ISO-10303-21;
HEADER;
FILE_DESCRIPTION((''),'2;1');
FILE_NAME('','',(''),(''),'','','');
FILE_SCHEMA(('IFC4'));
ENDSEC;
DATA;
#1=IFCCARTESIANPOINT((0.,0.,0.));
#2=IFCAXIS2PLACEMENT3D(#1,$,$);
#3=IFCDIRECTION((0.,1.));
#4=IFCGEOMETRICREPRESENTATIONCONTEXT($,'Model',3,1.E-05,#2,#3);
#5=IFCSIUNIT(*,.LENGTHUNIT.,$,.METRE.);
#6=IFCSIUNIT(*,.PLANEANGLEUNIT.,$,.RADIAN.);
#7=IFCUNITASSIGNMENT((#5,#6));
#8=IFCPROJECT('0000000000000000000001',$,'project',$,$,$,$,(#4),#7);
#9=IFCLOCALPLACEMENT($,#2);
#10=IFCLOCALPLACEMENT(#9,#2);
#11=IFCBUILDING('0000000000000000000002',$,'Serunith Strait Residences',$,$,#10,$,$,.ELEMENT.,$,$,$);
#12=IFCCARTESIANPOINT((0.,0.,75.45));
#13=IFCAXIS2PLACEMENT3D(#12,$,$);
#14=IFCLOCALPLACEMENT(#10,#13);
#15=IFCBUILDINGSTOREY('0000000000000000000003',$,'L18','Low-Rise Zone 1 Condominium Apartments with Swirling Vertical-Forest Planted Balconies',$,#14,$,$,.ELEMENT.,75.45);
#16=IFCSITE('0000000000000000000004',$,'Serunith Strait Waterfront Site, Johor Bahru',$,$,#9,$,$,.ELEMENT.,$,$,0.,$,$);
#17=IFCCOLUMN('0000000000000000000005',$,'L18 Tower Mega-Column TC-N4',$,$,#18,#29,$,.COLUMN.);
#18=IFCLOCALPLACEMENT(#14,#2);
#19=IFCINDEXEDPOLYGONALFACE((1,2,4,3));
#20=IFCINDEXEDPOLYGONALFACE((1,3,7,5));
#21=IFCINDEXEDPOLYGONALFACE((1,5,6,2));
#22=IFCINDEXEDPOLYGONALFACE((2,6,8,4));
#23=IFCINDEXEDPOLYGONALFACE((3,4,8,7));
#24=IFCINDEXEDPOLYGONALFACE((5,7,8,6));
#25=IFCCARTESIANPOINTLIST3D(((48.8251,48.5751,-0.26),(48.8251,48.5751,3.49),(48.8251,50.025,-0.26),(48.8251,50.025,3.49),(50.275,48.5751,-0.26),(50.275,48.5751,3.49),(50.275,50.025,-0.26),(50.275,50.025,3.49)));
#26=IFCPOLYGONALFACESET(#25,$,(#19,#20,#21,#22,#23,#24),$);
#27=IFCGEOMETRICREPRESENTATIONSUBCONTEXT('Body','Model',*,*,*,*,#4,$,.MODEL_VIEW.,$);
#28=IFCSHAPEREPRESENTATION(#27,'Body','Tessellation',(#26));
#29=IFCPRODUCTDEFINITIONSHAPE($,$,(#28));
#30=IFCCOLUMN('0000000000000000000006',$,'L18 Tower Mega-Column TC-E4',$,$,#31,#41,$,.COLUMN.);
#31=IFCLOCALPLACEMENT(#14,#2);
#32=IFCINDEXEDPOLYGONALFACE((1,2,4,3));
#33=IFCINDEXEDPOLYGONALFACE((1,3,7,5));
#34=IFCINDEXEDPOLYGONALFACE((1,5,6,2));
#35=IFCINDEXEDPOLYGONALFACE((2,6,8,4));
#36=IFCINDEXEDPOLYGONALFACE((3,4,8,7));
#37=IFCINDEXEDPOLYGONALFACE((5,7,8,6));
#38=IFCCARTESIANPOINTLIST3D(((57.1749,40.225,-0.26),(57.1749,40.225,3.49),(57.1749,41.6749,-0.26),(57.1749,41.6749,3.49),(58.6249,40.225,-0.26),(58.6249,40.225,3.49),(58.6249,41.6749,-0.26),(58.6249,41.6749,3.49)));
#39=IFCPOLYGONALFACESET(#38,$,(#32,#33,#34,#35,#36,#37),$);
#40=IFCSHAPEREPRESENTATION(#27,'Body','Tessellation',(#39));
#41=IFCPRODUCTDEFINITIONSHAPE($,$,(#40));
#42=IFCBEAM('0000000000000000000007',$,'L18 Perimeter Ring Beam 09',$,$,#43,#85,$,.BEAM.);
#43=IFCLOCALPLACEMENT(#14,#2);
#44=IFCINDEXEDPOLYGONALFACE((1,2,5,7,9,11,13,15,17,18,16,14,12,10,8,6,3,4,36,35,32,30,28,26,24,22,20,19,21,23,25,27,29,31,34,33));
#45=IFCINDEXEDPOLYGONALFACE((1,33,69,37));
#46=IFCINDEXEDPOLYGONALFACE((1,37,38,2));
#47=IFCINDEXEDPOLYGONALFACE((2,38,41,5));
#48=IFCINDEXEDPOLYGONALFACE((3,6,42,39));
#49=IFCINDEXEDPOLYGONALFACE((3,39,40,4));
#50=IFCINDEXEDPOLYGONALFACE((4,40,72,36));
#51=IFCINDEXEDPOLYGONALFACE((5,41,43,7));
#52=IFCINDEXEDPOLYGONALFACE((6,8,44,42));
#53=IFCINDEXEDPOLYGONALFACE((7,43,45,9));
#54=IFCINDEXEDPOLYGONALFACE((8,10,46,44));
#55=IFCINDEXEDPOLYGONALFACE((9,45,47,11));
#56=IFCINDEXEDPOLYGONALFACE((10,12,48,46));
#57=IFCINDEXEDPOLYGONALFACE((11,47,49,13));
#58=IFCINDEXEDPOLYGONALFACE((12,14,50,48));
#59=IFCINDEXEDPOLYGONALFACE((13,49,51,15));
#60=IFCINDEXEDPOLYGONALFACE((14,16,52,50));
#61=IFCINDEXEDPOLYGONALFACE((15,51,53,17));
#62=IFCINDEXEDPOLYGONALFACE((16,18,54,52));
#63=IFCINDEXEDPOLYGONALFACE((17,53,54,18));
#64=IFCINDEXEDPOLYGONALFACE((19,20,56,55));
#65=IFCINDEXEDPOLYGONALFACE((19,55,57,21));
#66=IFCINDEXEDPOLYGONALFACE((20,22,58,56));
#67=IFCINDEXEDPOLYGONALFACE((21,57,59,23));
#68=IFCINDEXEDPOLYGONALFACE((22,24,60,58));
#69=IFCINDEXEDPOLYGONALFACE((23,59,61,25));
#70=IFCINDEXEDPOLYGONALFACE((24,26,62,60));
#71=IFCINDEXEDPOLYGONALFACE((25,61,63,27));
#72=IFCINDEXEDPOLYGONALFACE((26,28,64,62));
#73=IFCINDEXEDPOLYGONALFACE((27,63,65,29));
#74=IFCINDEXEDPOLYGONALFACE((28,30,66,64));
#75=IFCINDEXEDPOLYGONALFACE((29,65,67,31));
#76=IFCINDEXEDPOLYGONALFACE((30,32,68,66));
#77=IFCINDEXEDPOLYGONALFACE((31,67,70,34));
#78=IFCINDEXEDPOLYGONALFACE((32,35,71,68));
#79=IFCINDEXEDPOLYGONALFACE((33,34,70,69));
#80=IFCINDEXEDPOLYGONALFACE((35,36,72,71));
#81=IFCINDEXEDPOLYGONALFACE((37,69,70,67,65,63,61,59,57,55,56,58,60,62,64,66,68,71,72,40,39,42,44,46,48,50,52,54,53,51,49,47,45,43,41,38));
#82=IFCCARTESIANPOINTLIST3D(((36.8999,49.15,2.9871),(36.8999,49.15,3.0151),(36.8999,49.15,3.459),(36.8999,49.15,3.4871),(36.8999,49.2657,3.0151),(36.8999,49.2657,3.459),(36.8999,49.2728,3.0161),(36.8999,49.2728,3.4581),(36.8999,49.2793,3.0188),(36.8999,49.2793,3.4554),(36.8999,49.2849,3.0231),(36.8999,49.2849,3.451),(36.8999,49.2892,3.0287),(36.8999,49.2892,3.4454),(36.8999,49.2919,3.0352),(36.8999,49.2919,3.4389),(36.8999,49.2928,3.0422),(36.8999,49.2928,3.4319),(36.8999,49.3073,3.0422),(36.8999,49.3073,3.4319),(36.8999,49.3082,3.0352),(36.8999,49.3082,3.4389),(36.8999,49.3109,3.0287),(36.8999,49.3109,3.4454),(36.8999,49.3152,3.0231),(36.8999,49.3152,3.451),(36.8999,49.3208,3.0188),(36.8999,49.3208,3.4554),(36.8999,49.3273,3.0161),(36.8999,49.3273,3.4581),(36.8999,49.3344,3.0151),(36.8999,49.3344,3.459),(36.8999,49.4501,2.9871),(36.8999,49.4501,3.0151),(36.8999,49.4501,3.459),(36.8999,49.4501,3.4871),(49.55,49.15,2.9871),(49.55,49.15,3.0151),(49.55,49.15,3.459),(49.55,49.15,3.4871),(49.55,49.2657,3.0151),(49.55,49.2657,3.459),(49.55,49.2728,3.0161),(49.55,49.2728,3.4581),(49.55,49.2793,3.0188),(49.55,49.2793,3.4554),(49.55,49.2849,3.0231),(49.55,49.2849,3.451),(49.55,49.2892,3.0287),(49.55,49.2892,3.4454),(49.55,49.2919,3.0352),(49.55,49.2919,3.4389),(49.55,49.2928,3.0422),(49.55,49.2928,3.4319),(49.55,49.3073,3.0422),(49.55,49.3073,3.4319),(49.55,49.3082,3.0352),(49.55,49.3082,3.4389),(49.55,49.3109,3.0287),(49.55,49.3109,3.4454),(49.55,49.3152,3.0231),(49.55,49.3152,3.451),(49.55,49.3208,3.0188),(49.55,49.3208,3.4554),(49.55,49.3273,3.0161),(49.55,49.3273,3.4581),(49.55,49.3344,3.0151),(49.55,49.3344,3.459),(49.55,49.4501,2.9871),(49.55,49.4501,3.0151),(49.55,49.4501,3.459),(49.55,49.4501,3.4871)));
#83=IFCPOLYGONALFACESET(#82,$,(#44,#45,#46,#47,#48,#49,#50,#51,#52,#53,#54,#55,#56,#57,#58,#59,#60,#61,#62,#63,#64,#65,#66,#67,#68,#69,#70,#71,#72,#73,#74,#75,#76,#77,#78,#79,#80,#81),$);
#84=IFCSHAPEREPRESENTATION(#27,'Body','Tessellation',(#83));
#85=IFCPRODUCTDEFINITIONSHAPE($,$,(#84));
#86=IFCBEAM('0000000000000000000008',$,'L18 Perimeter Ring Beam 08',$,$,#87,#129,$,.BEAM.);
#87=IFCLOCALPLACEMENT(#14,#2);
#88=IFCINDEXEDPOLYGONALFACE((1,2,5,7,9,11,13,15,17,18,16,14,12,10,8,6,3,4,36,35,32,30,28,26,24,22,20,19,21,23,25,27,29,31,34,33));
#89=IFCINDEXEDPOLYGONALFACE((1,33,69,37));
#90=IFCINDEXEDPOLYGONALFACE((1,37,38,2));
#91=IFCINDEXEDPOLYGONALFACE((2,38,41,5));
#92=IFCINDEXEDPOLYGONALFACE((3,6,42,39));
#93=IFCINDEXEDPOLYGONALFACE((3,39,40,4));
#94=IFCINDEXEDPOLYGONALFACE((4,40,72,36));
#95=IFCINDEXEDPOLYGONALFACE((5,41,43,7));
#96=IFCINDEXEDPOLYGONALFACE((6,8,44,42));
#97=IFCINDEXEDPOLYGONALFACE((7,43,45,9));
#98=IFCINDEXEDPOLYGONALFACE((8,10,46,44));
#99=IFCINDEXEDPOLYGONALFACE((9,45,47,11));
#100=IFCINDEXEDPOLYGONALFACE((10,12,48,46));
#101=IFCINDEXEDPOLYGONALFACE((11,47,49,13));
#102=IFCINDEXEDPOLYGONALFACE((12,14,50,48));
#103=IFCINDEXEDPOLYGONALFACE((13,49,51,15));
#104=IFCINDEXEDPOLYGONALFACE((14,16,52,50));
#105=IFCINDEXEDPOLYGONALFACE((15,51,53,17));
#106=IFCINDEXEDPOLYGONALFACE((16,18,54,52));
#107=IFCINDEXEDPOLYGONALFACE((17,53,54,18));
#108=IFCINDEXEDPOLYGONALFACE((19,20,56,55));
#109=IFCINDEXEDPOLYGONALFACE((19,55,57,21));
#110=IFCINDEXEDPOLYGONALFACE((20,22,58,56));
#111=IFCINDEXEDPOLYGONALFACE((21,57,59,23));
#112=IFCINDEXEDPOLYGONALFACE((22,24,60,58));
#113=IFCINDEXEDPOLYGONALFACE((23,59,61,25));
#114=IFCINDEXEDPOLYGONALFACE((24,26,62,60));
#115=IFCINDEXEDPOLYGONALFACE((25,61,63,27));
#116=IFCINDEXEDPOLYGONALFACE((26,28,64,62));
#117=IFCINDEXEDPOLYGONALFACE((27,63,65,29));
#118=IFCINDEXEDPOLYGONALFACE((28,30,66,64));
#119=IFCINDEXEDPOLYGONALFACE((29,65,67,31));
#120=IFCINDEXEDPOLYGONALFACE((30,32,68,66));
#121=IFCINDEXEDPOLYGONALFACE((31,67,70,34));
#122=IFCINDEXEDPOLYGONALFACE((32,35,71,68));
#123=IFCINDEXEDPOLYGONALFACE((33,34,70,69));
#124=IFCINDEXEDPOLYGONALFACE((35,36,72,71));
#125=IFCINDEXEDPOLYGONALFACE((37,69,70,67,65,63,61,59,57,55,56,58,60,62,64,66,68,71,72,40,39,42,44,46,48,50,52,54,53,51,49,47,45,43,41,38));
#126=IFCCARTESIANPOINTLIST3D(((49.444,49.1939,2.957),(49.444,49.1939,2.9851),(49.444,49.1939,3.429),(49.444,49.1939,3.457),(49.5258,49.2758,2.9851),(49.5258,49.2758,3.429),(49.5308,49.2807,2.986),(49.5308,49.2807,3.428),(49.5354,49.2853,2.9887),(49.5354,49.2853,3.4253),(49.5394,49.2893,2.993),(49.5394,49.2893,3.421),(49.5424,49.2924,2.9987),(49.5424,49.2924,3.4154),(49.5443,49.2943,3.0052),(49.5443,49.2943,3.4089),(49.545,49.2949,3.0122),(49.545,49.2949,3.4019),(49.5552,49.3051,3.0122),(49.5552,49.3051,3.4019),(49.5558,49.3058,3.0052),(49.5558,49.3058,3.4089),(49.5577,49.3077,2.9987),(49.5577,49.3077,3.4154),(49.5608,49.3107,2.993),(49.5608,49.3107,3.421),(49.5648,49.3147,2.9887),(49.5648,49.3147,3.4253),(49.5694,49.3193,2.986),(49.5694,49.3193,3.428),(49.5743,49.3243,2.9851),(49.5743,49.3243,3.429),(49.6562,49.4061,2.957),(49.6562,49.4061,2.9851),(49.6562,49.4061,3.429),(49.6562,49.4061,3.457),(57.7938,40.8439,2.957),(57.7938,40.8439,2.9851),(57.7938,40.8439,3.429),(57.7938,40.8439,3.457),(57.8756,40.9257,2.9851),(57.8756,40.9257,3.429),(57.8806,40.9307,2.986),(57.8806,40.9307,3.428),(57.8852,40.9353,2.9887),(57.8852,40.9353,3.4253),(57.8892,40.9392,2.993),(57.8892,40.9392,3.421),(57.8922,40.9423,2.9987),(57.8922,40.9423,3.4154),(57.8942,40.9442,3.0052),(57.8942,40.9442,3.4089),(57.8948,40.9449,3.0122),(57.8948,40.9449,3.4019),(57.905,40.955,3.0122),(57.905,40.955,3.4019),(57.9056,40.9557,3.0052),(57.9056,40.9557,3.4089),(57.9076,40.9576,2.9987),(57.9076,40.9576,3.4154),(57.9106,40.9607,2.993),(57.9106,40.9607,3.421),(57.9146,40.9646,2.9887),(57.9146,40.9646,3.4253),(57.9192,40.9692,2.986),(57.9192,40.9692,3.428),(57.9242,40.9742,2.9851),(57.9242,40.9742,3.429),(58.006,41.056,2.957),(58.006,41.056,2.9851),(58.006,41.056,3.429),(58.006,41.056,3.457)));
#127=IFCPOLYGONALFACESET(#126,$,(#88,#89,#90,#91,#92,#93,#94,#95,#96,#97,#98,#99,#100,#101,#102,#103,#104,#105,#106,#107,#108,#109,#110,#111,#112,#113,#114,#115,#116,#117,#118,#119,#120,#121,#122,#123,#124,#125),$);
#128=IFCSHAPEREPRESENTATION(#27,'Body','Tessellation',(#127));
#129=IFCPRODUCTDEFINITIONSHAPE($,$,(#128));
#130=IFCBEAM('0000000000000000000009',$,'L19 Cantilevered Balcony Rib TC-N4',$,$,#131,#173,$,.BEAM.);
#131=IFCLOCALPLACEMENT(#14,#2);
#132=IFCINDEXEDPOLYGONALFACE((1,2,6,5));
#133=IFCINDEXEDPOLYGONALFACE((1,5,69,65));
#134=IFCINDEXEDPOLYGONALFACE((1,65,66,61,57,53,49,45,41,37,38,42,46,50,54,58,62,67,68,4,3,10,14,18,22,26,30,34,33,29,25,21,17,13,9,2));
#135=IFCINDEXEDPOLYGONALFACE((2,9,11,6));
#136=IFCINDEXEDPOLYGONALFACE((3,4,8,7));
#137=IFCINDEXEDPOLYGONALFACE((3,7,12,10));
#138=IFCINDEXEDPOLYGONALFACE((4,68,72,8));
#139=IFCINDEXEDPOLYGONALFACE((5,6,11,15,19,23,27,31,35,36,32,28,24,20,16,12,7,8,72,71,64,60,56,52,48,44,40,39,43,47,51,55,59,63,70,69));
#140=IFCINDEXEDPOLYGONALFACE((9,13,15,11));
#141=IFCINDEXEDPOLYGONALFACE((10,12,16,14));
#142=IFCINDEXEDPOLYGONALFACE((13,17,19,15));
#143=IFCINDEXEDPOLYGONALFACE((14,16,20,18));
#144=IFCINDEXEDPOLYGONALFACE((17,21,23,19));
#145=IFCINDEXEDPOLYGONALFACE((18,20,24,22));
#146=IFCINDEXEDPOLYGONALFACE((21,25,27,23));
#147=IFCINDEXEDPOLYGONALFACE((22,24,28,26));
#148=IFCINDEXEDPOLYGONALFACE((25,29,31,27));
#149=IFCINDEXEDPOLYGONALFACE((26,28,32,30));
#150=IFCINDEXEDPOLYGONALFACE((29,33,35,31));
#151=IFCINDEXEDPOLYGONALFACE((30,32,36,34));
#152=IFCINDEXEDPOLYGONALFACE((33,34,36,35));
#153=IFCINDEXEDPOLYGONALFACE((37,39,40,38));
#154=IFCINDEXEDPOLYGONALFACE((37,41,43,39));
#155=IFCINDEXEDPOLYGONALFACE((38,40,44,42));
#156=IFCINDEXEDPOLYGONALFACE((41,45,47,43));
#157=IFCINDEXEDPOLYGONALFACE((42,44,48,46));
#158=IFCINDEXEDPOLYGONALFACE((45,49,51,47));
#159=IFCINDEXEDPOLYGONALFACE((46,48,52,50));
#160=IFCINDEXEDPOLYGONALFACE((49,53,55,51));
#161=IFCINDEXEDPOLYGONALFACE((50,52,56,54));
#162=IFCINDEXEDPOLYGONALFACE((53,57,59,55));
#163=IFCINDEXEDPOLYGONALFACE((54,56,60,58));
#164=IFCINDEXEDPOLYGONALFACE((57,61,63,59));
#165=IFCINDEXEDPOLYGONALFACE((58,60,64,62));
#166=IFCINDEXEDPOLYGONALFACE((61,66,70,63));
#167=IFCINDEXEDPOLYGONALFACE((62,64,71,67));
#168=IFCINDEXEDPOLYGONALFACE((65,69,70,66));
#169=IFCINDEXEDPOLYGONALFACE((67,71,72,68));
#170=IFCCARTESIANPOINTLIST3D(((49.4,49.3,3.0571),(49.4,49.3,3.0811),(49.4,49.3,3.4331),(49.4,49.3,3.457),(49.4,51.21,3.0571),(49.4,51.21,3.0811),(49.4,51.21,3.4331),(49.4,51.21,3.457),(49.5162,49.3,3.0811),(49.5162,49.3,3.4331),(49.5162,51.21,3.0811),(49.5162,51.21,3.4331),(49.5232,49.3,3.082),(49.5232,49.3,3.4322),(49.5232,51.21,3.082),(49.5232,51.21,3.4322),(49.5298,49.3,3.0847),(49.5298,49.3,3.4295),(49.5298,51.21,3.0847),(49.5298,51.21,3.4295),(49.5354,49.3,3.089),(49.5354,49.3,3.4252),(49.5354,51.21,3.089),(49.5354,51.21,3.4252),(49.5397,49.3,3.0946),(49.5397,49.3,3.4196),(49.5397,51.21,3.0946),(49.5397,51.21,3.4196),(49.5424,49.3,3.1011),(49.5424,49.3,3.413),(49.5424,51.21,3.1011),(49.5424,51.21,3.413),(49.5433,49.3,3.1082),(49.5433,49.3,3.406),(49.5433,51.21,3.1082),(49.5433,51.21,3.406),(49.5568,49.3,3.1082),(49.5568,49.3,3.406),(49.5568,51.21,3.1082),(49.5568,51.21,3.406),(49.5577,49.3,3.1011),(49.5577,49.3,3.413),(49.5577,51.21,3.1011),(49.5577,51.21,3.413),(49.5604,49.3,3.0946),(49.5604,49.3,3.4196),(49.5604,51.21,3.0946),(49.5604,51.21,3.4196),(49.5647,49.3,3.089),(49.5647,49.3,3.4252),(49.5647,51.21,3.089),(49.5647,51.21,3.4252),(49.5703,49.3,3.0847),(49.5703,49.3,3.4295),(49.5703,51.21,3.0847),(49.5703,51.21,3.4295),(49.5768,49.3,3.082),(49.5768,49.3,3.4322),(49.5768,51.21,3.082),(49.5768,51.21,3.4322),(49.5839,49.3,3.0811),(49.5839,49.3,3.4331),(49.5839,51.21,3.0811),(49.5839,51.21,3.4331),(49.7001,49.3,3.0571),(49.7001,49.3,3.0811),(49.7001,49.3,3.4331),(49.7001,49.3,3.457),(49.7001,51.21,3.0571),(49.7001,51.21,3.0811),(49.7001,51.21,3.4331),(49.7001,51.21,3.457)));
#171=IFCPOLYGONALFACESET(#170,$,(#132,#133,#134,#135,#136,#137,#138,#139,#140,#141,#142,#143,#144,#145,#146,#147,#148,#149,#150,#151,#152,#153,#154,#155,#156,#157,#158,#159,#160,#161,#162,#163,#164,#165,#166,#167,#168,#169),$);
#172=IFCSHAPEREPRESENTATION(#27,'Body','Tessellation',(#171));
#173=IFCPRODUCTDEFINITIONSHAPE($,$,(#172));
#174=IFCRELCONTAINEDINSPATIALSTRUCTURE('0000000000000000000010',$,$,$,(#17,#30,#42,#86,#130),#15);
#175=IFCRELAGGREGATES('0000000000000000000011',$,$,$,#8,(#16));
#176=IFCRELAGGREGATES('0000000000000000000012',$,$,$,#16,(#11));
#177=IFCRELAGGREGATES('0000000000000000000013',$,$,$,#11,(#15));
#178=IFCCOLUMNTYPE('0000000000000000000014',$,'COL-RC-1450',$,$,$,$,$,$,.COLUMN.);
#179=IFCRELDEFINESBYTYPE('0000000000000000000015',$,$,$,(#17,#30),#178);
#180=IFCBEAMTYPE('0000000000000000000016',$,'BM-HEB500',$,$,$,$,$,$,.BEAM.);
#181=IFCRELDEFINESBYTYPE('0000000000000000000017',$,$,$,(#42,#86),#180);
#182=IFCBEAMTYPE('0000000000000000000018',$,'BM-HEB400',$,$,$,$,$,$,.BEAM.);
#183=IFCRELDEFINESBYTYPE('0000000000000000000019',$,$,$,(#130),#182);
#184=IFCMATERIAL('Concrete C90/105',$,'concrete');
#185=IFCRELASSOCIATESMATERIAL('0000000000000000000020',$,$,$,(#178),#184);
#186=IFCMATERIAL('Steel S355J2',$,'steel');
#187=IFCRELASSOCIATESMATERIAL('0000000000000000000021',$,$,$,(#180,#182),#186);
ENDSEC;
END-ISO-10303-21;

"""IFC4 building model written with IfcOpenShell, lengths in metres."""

from ifc_helpers import new_model, si_unit, direction, frame, origin, origin_2d, place, context, subcontext, project, spatial, rectangle, i_section, extrude, source, transform, mapped, material, material_profile, profile_set, type_object, element, save


model = new_model("IFC4")

# Units and contexts
model_context = context("Model", 3, precision=1e-05, world=origin(), true_north=direction((0.0, 1.0)))
body_context = subcontext(model_context, "Body", "Model", "MODEL_VIEW")
ifc_project = project(units=[si_unit("LENGTHUNIT", "METRE"), si_unit("PLANEANGLEUNIT", "RADIAN")], contexts=[model_context])

# Site, building, storey
site_placement = place(None, origin())
site = spatial("IfcSite", under=ifc_project, at=site_placement, Name="Serunith Strait Waterfront Site, Johor Bahru", CompositionType="ELEMENT", RefElevation=0.0)
building_placement = place(site_placement, origin())
building = spatial("IfcBuilding", under=site, at=building_placement, Name="Serunith Strait Residences", CompositionType="ELEMENT")
storey_placement = place(building_placement, frame((0.0, 0.0, 75.45)))
storey = spatial("IfcBuildingStorey", under=building, at=storey_placement, Name="L18", Description="Low-Rise Zone 1 Condominium Apartments with Swirling Vertical-Forest Planted Balconies", CompositionType="ELEMENT", Elevation=75.45)

# Columns
ifc_material_1 = material(Name="Concrete C90/105", Category="concrete")
ifc_material_profile_1 = material_profile(ifc_material_1, rectangle(XDim=1.45, YDim=1.45, at=origin_2d()), Name="RC 1450x1450")
ifc_profile_set_1 = profile_set([ifc_material_profile_1], Name="Concrete C90/105")
column_type = type_object("IfcColumnType", Name="COL-RC-1450", PredefinedType="COLUMN", material=ifc_profile_set_1)
shared_shape_1 = source(origin(), body_context, "Body", "SweptSolid", [
    extrude(rectangle(XDim=1.45, YDim=1.45, at=origin_2d()), origin(), (0.0, 0.0, 1.0), 3.75),
])
for number, where, z_axis, x_axis, name in (
    (1, (49.55, 49.3, -0.26), (0.0, 0.0, 1.0), (1.0, 0.0, 0.0), "L18 Tower Mega-Column TC-N4"),
    (2, (57.8999, 40.95, -0.26), (0.0, 0.0, 1.0), (1.0, 0.0, 0.0), "L18 Tower Mega-Column TC-E4"),
):
    element("IfcColumn", number, at=place(storey_placement, frame(where, z_axis=z_axis, x_axis=x_axis)), inside=storey, type_object=column_type, Name=name, PredefinedType="COLUMN", context=body_context, shape_type="MappedRepresentation", body=[
        mapped(shared_shape_1, transform((0.0, 0.0, 0.0), scale=1.0)),
    ])

# Beams
ifc_material_2 = material(Name="Steel S355J2", Category="steel")
ifc_material_profile_2 = material_profile(ifc_material_2, i_section(OverallWidth=0.3, OverallDepth=0.5, WebThickness=0.0144, FlangeThickness=0.0281, FilletRadius=0.0271, at=origin_2d()), Name="HEB 500")
ifc_profile_set_2 = profile_set([ifc_material_profile_2], Name="Steel S355J2")
beam_type_1 = type_object("IfcBeamType", Name="BM-HEB500", PredefinedType="BEAM", material=ifc_profile_set_2)
shared_shape_2 = source(origin(), body_context, "Body", "SweptSolid", [
    extrude(i_section(OverallWidth=0.3, OverallDepth=0.5, WebThickness=0.0144, FlangeThickness=0.0281, FilletRadius=0.0271, at=origin_2d()), origin(), (0.0, 0.0, 1.0), 12.6501),
])
beam_1_placement = place(storey_placement, frame((49.55, 49.3, 3.2371), z_axis=(-1.0, 0.0, 0.0), x_axis=(0.0, -1.0, 0.0)))
element("IfcBeam", 3, at=beam_1_placement, inside=storey, type_object=beam_type_1, Name="L18 Perimeter Ring Beam 09", PredefinedType="BEAM", context=body_context, shape_type="MappedRepresentation", body=[
    mapped(shared_shape_2, transform((0.0, 0.0, 0.0), scale=1.0)),
])
shared_shape_3 = source(origin(), body_context, "Body", "SweptSolid", [
    extrude(i_section(OverallWidth=0.3, OverallDepth=0.5, WebThickness=0.0144, FlangeThickness=0.0281, FilletRadius=0.0271, at=origin_2d()), origin(), (0.0, 0.0, 1.0), 11.8086),
])
beam_2_placement = place(storey_placement, frame((57.8999, 40.95, 3.207), z_axis=(-0.707096, 0.707117, 0.0), x_axis=(-0.707117, -0.707096, 0.0)))
element("IfcBeam", 4, at=beam_2_placement, inside=storey, type_object=beam_type_1, Name="L18 Perimeter Ring Beam 08", PredefinedType="BEAM", context=body_context, shape_type="MappedRepresentation", body=[
    mapped(shared_shape_3, transform((0.0, 0.0, 0.0), scale=1.0)),
])
ifc_material_profile_3 = material_profile(ifc_material_2, i_section(OverallWidth=0.3, OverallDepth=0.3999, WebThickness=0.0134, FlangeThickness=0.0239, FilletRadius=0.0271, at=origin_2d()), Name="HEB 400")
ifc_profile_set_3 = profile_set([ifc_material_profile_3], Name="Steel S355J2")
beam_type_2 = type_object("IfcBeamType", Name="BM-HEB400", PredefinedType="BEAM", material=ifc_profile_set_3)
shared_shape_4 = source(origin(), body_context, "Body", "SweptSolid", [
    extrude(i_section(OverallWidth=0.3, OverallDepth=0.3999, WebThickness=0.0134, FlangeThickness=0.0239, FilletRadius=0.0271, at=origin_2d()), origin(), (0.0, 0.0, 1.0), 1.9099),
])
beam_3_placement = place(storey_placement, frame((49.55, 49.3, 3.2571), z_axis=(0.0, 1.0, 0.0), x_axis=(-1.0, 0.0, 0.0)))
element("IfcBeam", 5, at=beam_3_placement, inside=storey, type_object=beam_type_2, Name="L19 Cantilevered Balcony Rib TC-N4", PredefinedType="BEAM", context=body_context, shape_type="MappedRepresentation", body=[
    mapped(shared_shape_4, transform((0.0, 0.0, 0.0), scale=1.0)),
])

save(model, "model.ifc")
